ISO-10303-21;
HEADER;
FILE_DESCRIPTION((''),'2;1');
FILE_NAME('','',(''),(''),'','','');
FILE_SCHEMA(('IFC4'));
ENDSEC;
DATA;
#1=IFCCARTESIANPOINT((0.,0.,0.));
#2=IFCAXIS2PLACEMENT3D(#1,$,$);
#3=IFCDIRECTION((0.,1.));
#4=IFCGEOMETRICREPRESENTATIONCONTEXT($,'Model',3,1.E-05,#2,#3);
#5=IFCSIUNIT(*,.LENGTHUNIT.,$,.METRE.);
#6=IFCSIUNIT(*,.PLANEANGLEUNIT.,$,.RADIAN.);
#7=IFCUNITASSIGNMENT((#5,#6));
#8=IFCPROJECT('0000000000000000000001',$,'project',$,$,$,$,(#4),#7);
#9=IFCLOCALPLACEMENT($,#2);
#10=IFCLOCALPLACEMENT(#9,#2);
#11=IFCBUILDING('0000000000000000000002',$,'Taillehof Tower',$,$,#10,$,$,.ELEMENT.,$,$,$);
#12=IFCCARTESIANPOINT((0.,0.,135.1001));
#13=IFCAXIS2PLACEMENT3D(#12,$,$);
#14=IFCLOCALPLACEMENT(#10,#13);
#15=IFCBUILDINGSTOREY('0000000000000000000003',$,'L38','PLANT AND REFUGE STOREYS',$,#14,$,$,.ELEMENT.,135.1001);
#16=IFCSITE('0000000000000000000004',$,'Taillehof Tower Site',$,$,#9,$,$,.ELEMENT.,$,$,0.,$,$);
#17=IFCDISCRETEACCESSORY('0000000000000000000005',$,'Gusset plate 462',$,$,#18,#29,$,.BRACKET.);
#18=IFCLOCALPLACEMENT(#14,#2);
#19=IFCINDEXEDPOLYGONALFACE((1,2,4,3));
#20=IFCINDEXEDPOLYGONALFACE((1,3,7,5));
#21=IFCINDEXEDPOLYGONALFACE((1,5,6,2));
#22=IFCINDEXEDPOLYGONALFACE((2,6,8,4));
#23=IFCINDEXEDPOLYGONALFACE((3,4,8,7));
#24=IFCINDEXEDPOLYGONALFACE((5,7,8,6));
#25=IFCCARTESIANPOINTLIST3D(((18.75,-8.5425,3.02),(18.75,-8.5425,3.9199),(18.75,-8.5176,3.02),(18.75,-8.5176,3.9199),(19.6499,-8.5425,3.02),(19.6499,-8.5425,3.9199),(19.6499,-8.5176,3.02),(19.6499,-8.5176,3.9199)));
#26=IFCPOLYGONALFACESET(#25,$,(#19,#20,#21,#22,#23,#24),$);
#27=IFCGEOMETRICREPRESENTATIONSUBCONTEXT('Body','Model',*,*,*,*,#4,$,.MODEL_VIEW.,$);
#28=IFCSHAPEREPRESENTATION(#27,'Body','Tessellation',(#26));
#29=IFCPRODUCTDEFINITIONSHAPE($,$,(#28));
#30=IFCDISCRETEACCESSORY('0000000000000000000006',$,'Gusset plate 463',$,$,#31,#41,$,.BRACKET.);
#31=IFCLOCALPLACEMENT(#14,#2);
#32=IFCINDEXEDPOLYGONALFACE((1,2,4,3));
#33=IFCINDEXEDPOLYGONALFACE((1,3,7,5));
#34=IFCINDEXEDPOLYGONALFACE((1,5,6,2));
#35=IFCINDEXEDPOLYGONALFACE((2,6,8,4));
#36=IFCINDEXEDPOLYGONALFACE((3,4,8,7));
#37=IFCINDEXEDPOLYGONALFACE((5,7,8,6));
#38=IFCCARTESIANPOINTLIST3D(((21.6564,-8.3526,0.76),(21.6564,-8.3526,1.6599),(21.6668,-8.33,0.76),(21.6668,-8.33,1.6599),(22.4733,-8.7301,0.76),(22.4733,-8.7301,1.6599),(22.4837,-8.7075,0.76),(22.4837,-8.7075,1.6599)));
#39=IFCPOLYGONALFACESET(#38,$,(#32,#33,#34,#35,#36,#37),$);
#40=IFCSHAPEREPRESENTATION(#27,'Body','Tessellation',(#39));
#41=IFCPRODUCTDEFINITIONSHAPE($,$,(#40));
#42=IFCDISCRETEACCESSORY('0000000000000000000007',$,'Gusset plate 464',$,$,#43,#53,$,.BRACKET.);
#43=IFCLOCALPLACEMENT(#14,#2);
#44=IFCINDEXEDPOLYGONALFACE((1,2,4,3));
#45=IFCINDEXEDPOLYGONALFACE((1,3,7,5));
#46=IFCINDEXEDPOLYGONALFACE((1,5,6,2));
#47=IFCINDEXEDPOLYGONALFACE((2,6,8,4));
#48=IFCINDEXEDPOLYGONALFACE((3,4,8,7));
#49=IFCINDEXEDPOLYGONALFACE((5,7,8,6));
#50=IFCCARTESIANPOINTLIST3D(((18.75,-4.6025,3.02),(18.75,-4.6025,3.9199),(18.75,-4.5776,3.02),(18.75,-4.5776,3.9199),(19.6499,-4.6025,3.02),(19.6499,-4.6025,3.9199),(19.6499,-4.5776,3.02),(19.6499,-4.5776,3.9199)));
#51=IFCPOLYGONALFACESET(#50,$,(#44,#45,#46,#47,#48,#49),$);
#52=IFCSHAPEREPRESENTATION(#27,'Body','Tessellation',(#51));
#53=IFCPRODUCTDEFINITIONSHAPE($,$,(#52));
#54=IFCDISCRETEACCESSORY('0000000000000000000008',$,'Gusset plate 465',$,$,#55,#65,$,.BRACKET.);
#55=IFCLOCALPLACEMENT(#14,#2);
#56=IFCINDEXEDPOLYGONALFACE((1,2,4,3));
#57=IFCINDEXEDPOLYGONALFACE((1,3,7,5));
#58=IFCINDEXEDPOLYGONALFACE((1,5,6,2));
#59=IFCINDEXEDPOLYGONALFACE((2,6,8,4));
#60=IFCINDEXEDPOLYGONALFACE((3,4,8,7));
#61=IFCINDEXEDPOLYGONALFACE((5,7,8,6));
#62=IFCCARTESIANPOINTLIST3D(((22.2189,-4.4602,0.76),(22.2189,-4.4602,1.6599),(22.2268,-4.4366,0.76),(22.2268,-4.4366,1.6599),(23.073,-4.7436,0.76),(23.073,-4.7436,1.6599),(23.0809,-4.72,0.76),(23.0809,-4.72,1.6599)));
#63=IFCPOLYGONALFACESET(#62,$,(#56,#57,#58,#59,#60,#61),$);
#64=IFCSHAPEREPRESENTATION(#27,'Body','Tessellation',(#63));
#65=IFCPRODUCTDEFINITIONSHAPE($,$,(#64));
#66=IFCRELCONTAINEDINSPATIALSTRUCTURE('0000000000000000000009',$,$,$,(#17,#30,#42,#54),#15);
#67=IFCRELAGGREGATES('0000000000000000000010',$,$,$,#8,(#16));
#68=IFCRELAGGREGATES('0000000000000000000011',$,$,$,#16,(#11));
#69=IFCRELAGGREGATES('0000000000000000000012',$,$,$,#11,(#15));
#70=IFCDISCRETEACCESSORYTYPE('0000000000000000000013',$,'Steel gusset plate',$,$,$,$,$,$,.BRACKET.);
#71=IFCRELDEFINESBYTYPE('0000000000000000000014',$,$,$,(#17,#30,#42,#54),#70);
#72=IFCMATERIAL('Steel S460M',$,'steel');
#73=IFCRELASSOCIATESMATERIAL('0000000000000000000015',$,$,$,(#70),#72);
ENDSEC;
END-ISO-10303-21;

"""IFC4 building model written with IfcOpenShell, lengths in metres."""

from ifc_helpers import new_model, si_unit, direction, frame, origin, origin_2d, place, context, subcontext, project, spatial, rectangle, extrude, material, type_object, element, save


model = new_model("IFC4")

# Units and contexts
model_context = context("Model", 3, precision=1e-05, world=origin(), true_north=direction((0.0, 1.0)))
body_context = subcontext(model_context, "Body", "Model", "MODEL_VIEW")
ifc_project = project(units=[si_unit("LENGTHUNIT", "METRE"), si_unit("PLANEANGLEUNIT", "RADIAN")], contexts=[model_context])

# Site, building, storey
site_placement = place(None, origin())
site = spatial("IfcSite", under=ifc_project, at=site_placement, Name="Taillehof Tower Site", CompositionType="ELEMENT", RefElevation=0.0)
building_placement = place(site_placement, origin())
building = spatial("IfcBuilding", under=site, at=building_placement, Name="Taillehof Tower", CompositionType="ELEMENT")
storey_placement = place(building_placement, frame((0.0, 0.0, 135.1001)))
storey = spatial("IfcBuildingStorey", under=building, at=storey_placement, Name="L38", Description="PLANT AND REFUGE STOREYS", CompositionType="ELEMENT", Elevation=135.1001)

# Discrete accessories
ifc_material_1 = material(Name="Steel S460M", Category="steel")
discrete_accessory_type = type_object("IfcDiscreteAccessoryType", Name="Steel gusset plate", PredefinedType="BRACKET", material=ifc_material_1)
for number, where, z_axis, x_axis, name in (
    (1, (19.2, -8.53, 3.02), (0.0, 0.0, 1.0), (1.0, 0.0, 0.0), "Gusset plate 462"),
    (2, (22.0701, -8.53, 0.76), (0.0, 0.0, 1.0), (-0.907769, 0.419471, 0.0), "Gusset plate 463"),
    (3, (19.2, -4.5901, 3.02), (0.0, 0.0, 1.0), (1.0, 0.0, 0.0), "Gusset plate 464"),
    (4, (22.6499, -4.5901, 0.76), (0.0, 0.0, 1.0), (-0.949103, 0.314967, 0.0), "Gusset plate 465"),
):
    element("IfcDiscreteAccessory", number, at=place(storey_placement, frame(where, z_axis=z_axis, x_axis=x_axis)), inside=storey, type_object=discrete_accessory_type, Name=name, PredefinedType="BRACKET", context=body_context, shape_type="SweptSolid", body=[
        extrude(rectangle(XDim=0.8999, YDim=0.0249, at=origin_2d()), origin(), (0.0, 0.0, 1.0), 0.8999),
    ])

save(model, "model.ifc")
